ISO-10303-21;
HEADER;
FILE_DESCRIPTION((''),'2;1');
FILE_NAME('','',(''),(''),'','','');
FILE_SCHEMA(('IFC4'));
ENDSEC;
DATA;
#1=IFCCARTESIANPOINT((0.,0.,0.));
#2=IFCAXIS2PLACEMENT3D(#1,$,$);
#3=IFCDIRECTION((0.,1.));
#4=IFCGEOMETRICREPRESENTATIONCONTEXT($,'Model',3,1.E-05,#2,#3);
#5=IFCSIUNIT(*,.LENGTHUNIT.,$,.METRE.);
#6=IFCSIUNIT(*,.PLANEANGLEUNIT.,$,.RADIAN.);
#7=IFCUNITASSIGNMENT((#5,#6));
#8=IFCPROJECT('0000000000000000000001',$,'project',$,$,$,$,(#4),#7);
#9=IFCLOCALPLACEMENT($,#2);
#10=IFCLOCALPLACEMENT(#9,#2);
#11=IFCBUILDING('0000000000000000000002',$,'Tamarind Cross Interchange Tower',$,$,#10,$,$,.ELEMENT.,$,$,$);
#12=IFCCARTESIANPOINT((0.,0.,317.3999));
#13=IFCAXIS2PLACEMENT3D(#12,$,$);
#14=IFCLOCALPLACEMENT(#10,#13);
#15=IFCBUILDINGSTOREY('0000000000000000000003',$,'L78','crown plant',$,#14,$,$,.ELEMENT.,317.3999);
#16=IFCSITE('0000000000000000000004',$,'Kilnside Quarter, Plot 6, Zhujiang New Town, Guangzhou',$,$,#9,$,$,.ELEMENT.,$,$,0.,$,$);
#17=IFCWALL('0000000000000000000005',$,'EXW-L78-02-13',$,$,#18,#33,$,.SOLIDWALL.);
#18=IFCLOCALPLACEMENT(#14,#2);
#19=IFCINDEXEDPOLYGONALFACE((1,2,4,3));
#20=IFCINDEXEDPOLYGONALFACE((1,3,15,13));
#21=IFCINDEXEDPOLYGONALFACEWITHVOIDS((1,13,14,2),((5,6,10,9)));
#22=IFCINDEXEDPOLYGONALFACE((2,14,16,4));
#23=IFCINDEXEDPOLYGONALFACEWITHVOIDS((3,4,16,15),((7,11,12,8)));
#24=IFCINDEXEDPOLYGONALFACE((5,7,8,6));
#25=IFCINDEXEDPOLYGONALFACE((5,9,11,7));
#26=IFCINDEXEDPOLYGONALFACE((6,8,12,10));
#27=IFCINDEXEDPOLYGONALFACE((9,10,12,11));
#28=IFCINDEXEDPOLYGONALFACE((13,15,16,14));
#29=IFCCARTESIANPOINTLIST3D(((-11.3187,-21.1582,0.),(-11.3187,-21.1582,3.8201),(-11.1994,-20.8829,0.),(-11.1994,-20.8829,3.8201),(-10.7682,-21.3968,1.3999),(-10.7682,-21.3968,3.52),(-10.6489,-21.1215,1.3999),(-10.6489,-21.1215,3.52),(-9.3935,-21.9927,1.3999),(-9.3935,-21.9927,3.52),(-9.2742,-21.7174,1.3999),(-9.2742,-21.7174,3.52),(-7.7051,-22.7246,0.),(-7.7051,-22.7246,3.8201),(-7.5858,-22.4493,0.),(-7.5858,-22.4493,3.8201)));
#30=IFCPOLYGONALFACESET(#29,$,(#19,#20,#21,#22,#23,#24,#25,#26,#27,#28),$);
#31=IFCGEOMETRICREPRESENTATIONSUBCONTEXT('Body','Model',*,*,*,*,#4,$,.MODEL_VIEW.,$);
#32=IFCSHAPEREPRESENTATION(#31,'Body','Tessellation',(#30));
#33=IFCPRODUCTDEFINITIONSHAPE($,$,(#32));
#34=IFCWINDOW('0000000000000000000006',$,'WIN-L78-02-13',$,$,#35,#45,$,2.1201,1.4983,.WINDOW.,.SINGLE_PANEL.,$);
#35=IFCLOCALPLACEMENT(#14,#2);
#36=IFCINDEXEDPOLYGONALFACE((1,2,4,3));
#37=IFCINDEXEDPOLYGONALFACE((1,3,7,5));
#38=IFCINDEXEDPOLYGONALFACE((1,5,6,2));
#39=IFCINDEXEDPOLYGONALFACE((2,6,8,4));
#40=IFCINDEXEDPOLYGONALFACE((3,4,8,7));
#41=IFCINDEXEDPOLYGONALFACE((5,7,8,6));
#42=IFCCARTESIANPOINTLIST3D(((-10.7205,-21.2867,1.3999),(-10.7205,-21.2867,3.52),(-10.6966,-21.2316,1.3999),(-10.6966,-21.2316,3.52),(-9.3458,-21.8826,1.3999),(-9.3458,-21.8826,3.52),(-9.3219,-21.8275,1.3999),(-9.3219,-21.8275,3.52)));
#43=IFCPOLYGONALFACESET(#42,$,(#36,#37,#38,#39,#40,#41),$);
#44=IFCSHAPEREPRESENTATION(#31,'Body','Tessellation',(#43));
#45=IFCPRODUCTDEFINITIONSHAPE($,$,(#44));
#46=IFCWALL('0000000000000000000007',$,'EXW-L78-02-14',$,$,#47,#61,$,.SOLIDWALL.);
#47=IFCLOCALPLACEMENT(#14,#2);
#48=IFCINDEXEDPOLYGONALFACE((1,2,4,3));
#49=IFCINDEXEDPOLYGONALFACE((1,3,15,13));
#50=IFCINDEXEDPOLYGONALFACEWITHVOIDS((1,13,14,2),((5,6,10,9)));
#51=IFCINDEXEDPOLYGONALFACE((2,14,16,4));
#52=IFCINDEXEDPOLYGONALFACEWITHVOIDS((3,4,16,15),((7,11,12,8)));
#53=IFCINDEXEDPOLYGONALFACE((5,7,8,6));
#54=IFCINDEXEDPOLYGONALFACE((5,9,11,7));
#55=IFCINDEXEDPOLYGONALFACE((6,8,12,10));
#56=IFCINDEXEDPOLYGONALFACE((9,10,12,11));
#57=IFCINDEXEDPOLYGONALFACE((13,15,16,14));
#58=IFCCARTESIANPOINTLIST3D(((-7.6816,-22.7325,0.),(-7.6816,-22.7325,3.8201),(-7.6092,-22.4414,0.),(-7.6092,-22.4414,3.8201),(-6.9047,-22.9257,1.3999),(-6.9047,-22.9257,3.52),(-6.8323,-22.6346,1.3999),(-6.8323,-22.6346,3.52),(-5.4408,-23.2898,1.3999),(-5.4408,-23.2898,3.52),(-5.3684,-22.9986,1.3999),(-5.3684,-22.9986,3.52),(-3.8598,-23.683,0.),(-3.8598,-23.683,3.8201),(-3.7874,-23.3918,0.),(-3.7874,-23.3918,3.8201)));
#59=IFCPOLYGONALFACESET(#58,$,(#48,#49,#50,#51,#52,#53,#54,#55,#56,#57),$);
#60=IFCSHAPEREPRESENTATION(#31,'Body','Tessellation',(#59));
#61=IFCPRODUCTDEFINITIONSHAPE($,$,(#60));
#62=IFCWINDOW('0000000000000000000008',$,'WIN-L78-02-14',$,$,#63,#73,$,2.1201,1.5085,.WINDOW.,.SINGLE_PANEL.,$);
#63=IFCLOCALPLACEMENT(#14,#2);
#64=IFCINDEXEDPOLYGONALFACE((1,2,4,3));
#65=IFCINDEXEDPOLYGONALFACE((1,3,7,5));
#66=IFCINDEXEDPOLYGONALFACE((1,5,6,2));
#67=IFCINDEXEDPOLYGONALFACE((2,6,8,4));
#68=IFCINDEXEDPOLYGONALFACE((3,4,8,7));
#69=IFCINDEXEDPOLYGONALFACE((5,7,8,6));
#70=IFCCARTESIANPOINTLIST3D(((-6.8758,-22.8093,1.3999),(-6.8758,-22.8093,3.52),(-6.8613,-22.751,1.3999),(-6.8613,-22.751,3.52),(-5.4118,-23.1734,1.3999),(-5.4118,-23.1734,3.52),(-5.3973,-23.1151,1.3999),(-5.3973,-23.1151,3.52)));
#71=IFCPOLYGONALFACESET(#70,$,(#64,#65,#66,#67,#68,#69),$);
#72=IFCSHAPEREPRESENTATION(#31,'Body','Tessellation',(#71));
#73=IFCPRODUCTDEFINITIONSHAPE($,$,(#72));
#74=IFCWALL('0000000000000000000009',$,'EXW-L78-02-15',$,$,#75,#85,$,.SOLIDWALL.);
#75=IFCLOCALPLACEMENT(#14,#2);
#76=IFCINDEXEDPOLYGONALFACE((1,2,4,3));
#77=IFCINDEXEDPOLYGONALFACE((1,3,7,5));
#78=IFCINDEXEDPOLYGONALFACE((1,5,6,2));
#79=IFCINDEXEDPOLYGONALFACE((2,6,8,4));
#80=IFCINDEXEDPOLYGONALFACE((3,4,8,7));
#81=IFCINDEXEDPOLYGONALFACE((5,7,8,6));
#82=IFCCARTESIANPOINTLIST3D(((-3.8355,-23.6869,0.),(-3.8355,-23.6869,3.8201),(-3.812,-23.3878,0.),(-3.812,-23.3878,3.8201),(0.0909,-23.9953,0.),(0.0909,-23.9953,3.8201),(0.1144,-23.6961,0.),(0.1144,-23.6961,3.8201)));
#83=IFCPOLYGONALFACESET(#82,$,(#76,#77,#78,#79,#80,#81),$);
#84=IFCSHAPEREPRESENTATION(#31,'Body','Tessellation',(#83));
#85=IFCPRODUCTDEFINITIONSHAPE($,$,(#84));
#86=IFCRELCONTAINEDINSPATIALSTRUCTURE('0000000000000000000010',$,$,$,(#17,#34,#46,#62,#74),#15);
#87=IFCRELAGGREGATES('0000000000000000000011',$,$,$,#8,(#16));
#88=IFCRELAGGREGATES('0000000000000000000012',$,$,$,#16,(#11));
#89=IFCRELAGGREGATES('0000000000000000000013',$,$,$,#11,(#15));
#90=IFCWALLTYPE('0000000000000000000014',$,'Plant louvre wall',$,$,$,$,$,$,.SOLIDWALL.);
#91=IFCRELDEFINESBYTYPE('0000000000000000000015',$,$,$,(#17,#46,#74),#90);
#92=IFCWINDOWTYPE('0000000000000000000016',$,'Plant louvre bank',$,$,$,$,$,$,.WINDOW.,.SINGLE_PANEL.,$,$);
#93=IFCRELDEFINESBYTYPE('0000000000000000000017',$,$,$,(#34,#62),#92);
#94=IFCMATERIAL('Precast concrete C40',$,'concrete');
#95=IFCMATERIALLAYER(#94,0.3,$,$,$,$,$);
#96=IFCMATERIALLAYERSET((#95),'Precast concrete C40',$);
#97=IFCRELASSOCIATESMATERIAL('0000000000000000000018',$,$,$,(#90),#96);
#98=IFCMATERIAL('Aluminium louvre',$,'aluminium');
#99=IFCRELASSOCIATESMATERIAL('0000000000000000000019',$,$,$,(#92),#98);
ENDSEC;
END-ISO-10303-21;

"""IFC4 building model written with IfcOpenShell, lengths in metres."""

from ifc_helpers import new_model, si_unit, direction, frame, frame_2d, origin, place, context, subcontext, project, spatial, rectangle, extrude, material, layer, layer_set, type_object, element, fill, save


model = new_model("IFC4")

# Units and contexts
model_context = context("Model", 3, precision=1e-05, world=origin(), true_north=direction((0.0, 1.0)))
body_context = subcontext(model_context, "Body", "Model", "MODEL_VIEW")
ifc_project = project(units=[si_unit("LENGTHUNIT", "METRE"), si_unit("PLANEANGLEUNIT", "RADIAN")], contexts=[model_context])

# Site, building, storey
site_placement = place(None, origin())
site = spatial("IfcSite", under=ifc_project, at=site_placement, Name="Kilnside Quarter, Plot 6, Zhujiang New Town, Guangzhou", CompositionType="ELEMENT", RefElevation=0.0)
building_placement = place(site_placement, origin())
building = spatial("IfcBuilding", under=site, at=building_placement, Name="Tamarind Cross Interchange Tower", CompositionType="ELEMENT")
storey_placement = place(building_placement, frame((0.0, 0.0, 317.3999)))
storey = spatial("IfcBuildingStorey", under=building, at=storey_placement, Name="L78", Description="crown plant", CompositionType="ELEMENT", Elevation=317.3999)

# Shared definitions
ifc_material_1 = material(Name="Precast concrete C40", Category="concrete")
ifc_layer_1 = layer(ifc_material_1, 0.3)
ifc_layer_set_1 = layer_set([ifc_layer_1], Name="Precast concrete C40")
wall_type_1 = type_object("IfcWallType", Name="Plant louvre wall", PredefinedType="SOLIDWALL", material=ifc_layer_set_1)

# Walls, openings, windows
wall_1_placement = place(storey_placement, frame((-11.259, -21.0205, 0.0), z_axis=(0.0, 0.0, 1.0), x_axis=(0.917505, -0.397724, 0.0)))
wall_1 = element("IfcWall", 1, at=wall_1_placement, inside=storey, type_object=wall_type_1, Name="EXW-L78-02-13", PredefinedType="SOLIDWALL", context=body_context, shape_type="SweptSolid", body=[
    extrude(rectangle(XDim=3.9385, YDim=0.3, at=frame_2d((1.9692, 0.0))), origin(), (0.0, 0.0, 1.0), 3.8201),
])
opening_1_placement = place(wall_1_placement, frame((0.6001, 0.0, 1.3999)))
opening_1 = element("IfcOpeningElement", 2, at=opening_1_placement, cuts=wall_1, PredefinedType="OPENING", context=body_context, shape_type="SweptSolid", body=[
    extrude(rectangle(XDim=1.4983, YDim=2.1201, at=frame_2d((0.749, 1.0601))), frame((0.0, 0.1599, 0.0), z_axis=(0.0, -1.0, 0.0), x_axis=(1.0, 0.0, 0.0)), (0.0, 0.0, 1.0), 0.3201),
])
ifc_material_2 = material(Name="Aluminium louvre", Category="aluminium")
window_type = type_object("IfcWindowType", Name="Plant louvre bank", PartitioningType="SINGLE_PANEL", PredefinedType="WINDOW", material=ifc_material_2)
window_1_placement = place(opening_1_placement, origin())
window_1 = element("IfcWindow", 3, at=window_1_placement, inside=storey, type_object=window_type, Name="WIN-L78-02-13", OverallHeight=2.1201, OverallWidth=1.4983, PartitioningType="SINGLE_PANEL", PredefinedType="WINDOW", context=body_context, shape_type="SweptSolid", body=[
    extrude(rectangle(XDim=1.4983, YDim=2.1201, at=frame_2d((0.749, 1.0601))), frame((0.0, 0.03, 0.0), z_axis=(0.0, -1.0, 0.0), x_axis=(1.0, 0.0, 0.0)), (0.0, 0.0, 1.0), 0.0601),
])
fill(opening_1, window_1)
wall_2_placement = place(storey_placement, frame((-7.6455, -22.5869, 0.0), z_axis=(0.0, 0.0, 1.0), x_axis=(0.970441, -0.241339, 0.0)))
wall_2 = element("IfcWall", 4, at=wall_2_placement, inside=storey, type_object=wall_type_1, Name="EXW-L78-02-14", PredefinedType="SOLIDWALL", context=body_context, shape_type="SweptSolid", body=[
    extrude(rectangle(XDim=3.9382, YDim=0.3, at=frame_2d((1.9692, 0.0))), origin(), (0.0, 0.0, 1.0), 3.8201),
])
opening_2_placement = place(wall_2_placement, frame((0.8005, 0.0, 1.3999)))
opening_2 = element("IfcOpeningElement", 5, at=opening_2_placement, cuts=wall_2, PredefinedType="OPENING", context=body_context, shape_type="SweptSolid", body=[
    extrude(rectangle(XDim=1.5085, YDim=2.1201, at=frame_2d((0.7544, 1.0601))), frame((0.0, 0.1599, 0.0), z_axis=(0.0, -1.0, 0.0), x_axis=(1.0, 0.0, 0.0)), (0.0, 0.0, 1.0), 0.3201),
])
window_2_placement = place(opening_2_placement, origin())
window_2 = element("IfcWindow", 6, at=window_2_placement, inside=storey, type_object=window_type, Name="WIN-L78-02-14", OverallHeight=2.1201, OverallWidth=1.5085, PartitioningType="SINGLE_PANEL", PredefinedType="WINDOW", context=body_context, shape_type="SweptSolid", body=[
    extrude(rectangle(XDim=1.5085, YDim=2.1201, at=frame_2d((0.7544, 1.0601))), frame((0.0, 0.03, 0.0), z_axis=(0.0, -1.0, 0.0), x_axis=(1.0, 0.0, 0.0)), (0.0, 0.0, 1.0), 0.0601),
])
fill(opening_2, window_2)

# Wall
wall_3_placement = place(storey_placement, frame((-3.8237, -23.5374, 0.0), z_axis=(0.0, 0.0, 1.0), x_axis=(0.99693, -0.078294, 0.0)))
element("IfcWall", 7, at=wall_3_placement, inside=storey, type_object=wall_type_1, Name="EXW-L78-02-15", PredefinedType="SOLIDWALL", context=body_context, shape_type="SweptSolid", body=[
    extrude(rectangle(XDim=3.9385, YDim=0.3, at=frame_2d((1.9692, 0.0))), origin(), (0.0, 0.0, 1.0), 3.8201),
])

save(model, "model.ifc")
